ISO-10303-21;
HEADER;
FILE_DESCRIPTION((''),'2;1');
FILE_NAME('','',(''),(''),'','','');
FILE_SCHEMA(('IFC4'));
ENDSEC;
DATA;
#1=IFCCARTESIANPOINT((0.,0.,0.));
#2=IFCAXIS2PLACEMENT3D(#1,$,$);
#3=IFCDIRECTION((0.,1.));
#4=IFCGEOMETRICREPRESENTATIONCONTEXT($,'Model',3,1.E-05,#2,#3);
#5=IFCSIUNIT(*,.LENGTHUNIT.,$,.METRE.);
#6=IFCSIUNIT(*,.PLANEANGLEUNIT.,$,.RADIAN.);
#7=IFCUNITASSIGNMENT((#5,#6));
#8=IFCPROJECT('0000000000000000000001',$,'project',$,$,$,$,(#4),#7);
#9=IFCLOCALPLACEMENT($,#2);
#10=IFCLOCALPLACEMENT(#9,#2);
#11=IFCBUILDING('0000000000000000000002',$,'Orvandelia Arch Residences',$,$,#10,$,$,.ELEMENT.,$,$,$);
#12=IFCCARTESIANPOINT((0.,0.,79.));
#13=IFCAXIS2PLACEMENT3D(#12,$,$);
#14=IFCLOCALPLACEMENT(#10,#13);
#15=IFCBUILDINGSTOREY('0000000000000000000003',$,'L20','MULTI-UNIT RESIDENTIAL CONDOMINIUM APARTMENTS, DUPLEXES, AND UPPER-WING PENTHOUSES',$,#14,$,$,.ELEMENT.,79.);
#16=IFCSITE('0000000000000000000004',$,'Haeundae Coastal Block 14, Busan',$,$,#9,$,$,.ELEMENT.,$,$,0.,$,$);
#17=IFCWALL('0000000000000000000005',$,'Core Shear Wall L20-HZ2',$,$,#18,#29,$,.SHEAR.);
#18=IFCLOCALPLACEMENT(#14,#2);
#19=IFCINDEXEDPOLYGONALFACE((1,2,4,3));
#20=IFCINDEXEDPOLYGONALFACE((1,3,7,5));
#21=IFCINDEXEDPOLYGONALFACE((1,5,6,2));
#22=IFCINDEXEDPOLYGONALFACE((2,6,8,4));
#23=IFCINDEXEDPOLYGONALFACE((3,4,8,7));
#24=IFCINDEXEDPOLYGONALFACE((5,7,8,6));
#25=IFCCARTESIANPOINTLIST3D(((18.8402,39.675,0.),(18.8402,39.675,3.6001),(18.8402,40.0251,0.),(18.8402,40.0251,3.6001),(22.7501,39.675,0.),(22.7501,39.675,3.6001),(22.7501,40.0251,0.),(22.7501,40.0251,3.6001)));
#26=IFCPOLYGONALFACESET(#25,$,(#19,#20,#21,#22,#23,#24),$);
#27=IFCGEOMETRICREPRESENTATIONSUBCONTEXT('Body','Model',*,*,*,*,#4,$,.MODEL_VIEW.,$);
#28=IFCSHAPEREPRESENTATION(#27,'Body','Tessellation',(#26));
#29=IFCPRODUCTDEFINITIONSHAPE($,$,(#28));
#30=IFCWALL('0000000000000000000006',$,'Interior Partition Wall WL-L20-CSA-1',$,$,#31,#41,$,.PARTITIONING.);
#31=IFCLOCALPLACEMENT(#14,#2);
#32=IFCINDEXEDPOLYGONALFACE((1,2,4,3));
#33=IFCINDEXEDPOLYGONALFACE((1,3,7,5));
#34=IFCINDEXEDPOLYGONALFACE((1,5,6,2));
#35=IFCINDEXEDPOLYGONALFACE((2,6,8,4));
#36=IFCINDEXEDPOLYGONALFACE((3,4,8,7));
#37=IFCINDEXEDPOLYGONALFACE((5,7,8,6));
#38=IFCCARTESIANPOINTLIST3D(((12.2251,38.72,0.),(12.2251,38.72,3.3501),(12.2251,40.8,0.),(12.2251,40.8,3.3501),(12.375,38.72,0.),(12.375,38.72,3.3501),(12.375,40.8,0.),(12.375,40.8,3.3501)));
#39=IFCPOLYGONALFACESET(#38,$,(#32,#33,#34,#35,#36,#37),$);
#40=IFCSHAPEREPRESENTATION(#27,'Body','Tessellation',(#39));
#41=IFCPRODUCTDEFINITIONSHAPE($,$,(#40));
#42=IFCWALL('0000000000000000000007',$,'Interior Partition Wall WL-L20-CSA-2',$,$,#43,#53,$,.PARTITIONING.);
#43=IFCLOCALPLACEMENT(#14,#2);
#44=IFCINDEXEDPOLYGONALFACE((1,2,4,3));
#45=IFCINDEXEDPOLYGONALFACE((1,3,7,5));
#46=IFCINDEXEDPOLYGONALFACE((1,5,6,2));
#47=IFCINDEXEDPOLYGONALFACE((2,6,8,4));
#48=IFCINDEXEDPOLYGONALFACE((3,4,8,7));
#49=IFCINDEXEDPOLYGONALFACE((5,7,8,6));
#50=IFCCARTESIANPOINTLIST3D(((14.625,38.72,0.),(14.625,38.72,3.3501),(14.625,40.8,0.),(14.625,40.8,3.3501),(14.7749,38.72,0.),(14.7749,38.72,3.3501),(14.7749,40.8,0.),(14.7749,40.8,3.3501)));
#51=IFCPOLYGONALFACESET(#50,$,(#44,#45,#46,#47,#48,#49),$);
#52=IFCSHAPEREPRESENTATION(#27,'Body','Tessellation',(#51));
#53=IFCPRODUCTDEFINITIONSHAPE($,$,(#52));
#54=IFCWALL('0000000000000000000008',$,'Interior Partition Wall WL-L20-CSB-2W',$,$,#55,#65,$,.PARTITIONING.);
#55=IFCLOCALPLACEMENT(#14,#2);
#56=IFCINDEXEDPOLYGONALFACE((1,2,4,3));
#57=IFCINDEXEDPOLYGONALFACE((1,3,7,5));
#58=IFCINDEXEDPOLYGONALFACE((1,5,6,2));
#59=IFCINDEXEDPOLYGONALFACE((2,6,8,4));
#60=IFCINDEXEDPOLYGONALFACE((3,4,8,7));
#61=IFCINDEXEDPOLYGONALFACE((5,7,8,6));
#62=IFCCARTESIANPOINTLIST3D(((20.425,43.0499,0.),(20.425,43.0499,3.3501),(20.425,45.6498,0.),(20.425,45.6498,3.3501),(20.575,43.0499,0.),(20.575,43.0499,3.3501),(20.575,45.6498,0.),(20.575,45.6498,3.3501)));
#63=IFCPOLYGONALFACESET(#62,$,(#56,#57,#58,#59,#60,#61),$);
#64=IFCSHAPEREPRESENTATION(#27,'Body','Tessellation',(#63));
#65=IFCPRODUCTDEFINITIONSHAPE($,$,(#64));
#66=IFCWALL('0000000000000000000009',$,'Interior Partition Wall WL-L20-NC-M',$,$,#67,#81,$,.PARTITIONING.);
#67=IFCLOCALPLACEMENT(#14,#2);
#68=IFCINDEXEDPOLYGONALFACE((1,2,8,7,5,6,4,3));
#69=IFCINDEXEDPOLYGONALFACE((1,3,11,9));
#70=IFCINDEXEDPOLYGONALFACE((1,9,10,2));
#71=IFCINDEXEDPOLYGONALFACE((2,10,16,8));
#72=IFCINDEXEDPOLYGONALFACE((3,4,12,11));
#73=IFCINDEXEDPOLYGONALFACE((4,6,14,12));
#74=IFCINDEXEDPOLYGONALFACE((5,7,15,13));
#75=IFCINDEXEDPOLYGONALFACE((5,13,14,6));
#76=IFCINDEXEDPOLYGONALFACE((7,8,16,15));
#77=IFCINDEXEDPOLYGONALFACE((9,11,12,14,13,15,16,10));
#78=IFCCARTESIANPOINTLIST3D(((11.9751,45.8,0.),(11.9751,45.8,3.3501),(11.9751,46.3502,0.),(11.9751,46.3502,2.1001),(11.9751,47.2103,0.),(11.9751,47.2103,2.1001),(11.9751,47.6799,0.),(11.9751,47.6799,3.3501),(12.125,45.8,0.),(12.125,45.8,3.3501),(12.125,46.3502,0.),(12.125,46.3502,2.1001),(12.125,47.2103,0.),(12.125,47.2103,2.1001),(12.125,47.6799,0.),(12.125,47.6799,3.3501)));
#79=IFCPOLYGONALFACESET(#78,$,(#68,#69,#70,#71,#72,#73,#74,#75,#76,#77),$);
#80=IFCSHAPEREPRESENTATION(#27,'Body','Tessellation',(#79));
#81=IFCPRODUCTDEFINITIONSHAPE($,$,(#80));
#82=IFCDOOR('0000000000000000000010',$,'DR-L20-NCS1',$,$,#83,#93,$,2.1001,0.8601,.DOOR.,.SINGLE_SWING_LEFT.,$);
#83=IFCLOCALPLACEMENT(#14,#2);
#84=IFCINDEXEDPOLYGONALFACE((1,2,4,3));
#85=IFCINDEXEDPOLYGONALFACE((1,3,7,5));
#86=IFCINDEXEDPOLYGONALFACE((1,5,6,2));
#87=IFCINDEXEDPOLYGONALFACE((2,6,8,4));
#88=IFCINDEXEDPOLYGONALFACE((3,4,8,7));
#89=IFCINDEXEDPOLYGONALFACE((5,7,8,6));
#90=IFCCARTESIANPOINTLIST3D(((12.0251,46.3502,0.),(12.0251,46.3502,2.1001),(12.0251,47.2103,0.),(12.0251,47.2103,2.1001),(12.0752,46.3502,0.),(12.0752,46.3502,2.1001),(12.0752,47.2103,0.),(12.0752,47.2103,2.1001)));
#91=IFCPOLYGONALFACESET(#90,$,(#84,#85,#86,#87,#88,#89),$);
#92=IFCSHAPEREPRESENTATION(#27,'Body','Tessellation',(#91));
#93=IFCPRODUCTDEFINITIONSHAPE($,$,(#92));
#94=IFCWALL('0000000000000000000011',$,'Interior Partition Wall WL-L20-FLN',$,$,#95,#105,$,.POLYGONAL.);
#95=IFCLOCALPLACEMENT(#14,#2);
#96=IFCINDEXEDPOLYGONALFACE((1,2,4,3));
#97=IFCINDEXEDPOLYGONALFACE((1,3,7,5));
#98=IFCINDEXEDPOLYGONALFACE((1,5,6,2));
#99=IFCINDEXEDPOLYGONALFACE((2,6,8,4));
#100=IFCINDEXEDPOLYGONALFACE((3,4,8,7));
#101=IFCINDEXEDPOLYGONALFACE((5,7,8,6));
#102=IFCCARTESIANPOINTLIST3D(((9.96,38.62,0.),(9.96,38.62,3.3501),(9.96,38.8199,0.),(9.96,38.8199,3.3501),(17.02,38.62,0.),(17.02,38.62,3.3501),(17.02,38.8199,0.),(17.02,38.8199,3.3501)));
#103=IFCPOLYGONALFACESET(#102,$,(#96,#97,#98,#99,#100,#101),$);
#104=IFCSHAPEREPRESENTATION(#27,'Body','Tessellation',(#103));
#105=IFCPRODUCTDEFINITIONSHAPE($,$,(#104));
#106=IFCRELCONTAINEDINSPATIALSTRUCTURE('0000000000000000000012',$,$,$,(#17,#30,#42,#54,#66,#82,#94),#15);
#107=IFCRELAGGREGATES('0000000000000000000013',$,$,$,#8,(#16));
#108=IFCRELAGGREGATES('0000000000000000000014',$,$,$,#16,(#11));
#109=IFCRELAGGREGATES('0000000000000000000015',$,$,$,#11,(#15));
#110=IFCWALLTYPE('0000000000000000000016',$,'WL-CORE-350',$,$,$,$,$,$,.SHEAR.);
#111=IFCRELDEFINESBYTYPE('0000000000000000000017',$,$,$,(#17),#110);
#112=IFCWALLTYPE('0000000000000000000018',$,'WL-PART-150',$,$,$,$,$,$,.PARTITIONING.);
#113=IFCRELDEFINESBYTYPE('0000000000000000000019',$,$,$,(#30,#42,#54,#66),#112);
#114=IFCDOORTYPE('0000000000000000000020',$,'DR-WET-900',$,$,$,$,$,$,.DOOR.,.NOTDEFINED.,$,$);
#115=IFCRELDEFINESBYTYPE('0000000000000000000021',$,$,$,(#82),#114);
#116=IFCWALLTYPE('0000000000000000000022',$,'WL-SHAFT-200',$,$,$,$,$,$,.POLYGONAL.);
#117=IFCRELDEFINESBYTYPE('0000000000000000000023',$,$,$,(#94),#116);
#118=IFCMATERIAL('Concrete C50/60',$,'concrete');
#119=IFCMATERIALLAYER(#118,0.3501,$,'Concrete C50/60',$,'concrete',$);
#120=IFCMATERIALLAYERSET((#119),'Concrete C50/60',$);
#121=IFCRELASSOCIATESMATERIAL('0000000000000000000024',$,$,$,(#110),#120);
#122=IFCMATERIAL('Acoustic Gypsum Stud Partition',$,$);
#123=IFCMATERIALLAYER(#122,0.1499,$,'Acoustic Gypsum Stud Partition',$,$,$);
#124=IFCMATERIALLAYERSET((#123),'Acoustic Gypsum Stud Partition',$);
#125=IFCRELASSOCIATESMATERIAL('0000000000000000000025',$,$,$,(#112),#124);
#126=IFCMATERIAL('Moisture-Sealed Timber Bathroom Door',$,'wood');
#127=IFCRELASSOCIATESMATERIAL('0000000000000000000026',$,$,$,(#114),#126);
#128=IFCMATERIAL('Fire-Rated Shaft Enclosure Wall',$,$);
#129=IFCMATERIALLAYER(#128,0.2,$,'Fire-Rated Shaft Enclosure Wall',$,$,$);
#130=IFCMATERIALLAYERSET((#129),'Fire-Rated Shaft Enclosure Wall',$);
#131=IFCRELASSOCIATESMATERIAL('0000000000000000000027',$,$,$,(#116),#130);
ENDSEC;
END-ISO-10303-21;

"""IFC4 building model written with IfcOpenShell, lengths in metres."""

from ifc_helpers import new_model, si_unit, direction, frame, frame_2d, origin, place, context, subcontext, project, spatial, rectangle, extrude, material, layer, layer_set, type_object, element, fill, save


model = new_model("IFC4")

# Units and contexts
model_context = context("Model", 3, precision=1e-05, world=origin(), true_north=direction((0.0, 1.0)))
body_context = subcontext(model_context, "Body", "Model", "MODEL_VIEW")
ifc_project = project(units=[si_unit("LENGTHUNIT", "METRE"), si_unit("PLANEANGLEUNIT", "RADIAN")], contexts=[model_context])

# Site, building, storey
site_placement = place(None, origin())
site = spatial("IfcSite", under=ifc_project, at=site_placement, Name="Haeundae Coastal Block 14, Busan", CompositionType="ELEMENT", RefElevation=0.0)
building_placement = place(site_placement, origin())
building = spatial("IfcBuilding", under=site, at=building_placement, Name="Orvandelia Arch Residences", CompositionType="ELEMENT")
storey_placement = place(building_placement, frame((0.0, 0.0, 79.0)))
storey = spatial("IfcBuildingStorey", under=building, at=storey_placement, Name="L20", Description="MULTI-UNIT RESIDENTIAL CONDOMINIUM APARTMENTS, DUPLEXES, AND UPPER-WING PENTHOUSES", CompositionType="ELEMENT", Elevation=79.0)

# Walls
ifc_material_1 = material(Name="Concrete C50/60", Category="concrete")
ifc_layer_1 = layer(ifc_material_1, 0.3501, Name="Concrete C50/60", Category="concrete")
ifc_layer_set_1 = layer_set([ifc_layer_1], Name="Concrete C50/60")
wall_type_1 = type_object("IfcWallType", Name="WL-CORE-350", PredefinedType="SHEAR", material=ifc_layer_set_1)
wall_1_placement = place(storey_placement, frame((18.8401, 39.8501, 0.0), z_axis=(0.0, 0.0, 1.0), x_axis=(1.0, 0.0, 0.0)))
element("IfcWall", 1, at=wall_1_placement, inside=storey, type_object=wall_type_1, Name="Core Shear Wall L20-HZ2", PredefinedType="SHEAR", context=body_context, shape_type="SweptSolid", body=[
    extrude(rectangle(XDim=3.9099, YDim=0.3501, at=frame_2d((1.9551, 0.0))), origin(), (0.0, 0.0, 1.0), 3.6001),
])
ifc_material_2 = material(Name="Acoustic Gypsum Stud Partition")
ifc_layer_2 = layer(ifc_material_2, 0.1499, Name="Acoustic Gypsum Stud Partition")
ifc_layer_set_2 = layer_set([ifc_layer_2], Name="Acoustic Gypsum Stud Partition")
wall_type_2 = type_object("IfcWallType", Name="WL-PART-150", PredefinedType="PARTITIONING", material=ifc_layer_set_2)
for number, where, z_axis, x_axis, name in (
    (2, (12.3, 38.72, 0.0), (0.0, 0.0, 1.0), (0.0, 1.0, 0.0), "Interior Partition Wall WL-L20-CSA-1"),
    (3, (14.7, 38.72, 0.0), (0.0, 0.0, 1.0), (0.0, 1.0, 0.0), "Interior Partition Wall WL-L20-CSA-2"),
):
    element("IfcWall", number, at=place(storey_placement, frame(where, z_axis=z_axis, x_axis=x_axis)), inside=storey, type_object=wall_type_2, Name=name, PredefinedType="PARTITIONING", context=body_context, shape_type="SweptSolid", body=[
        extrude(rectangle(XDim=2.0801, YDim=0.1499, at=frame_2d((1.04, 0.0))), origin(), (0.0, 0.0, 1.0), 3.3501),
    ])
wall_2_placement = place(storey_placement, frame((20.5, 43.05, 0.0), z_axis=(0.0, 0.0, 1.0), x_axis=(0.0, 1.0, 0.0)))
element("IfcWall", 4, at=wall_2_placement, inside=storey, type_object=wall_type_2, Name="Interior Partition Wall WL-L20-CSB-2W", PredefinedType="PARTITIONING", context=body_context, shape_type="SweptSolid", body=[
    extrude(rectangle(XDim=2.5999, YDim=0.1499, at=frame_2d((1.2998, 0.0))), origin(), (0.0, 0.0, 1.0), 3.3501),
])

# Wall, opening, door
wall_3_placement = place(storey_placement, frame((12.05, 45.8, 0.0), z_axis=(0.0, 0.0, 1.0), x_axis=(0.0, 1.0, 0.0)))
wall_3 = element("IfcWall", 5, at=wall_3_placement, inside=storey, type_object=wall_type_2, Name="Interior Partition Wall WL-L20-NC-M", PredefinedType="PARTITIONING", context=body_context, shape_type="SweptSolid", body=[
    extrude(rectangle(XDim=1.8799, YDim=0.1499, at=frame_2d((0.9399, 0.0))), origin(), (0.0, 0.0, 1.0), 3.3501),
])
opening_1_placement = place(wall_3_placement, frame((0.55, 0.0, 0.0)))
opening_1 = element("IfcOpeningElement", 6, at=opening_1_placement, cuts=wall_3, PredefinedType="OPENING", context=body_context, shape_type="SweptSolid", body=[
    extrude(rectangle(XDim=0.8601, YDim=2.1001, at=frame_2d((0.4302, 1.05))), frame((0.0, 0.085, 0.0), z_axis=(0.0, -1.0, 0.0), x_axis=(1.0, 0.0, 0.0)), (0.0, 0.0, 1.0), 0.1699),
])
ifc_material_3 = material(Name="Moisture-Sealed Timber Bathroom Door", Category="wood")
door_type_1 = type_object("IfcDoorType", Name="DR-WET-900", OperationType="NOTDEFINED", PredefinedType="DOOR", material=ifc_material_3)
door_1_placement = place(opening_1_placement, origin())
door_1 = element("IfcDoor", 7, at=door_1_placement, inside=storey, type_object=door_type_1, Name="DR-L20-NCS1", OperationType="SINGLE_SWING_LEFT", OverallHeight=2.1001, OverallWidth=0.8601, PredefinedType="DOOR", context=body_context, shape_type="SweptSolid", body=[
    extrude(rectangle(XDim=0.8601, YDim=2.1001, at=frame_2d((0.4302, 1.05))), frame((0.0, 0.0249, 0.0), z_axis=(0.0, -1.0, 0.0), x_axis=(1.0, 0.0, 0.0)), (0.0, 0.0, 1.0), 0.05),
])
fill(opening_1, door_1)

# Wall
ifc_material_4 = material(Name="Fire-Rated Shaft Enclosure Wall")
ifc_layer_3 = layer(ifc_material_4, 0.2, Name="Fire-Rated Shaft Enclosure Wall")
ifc_layer_set_3 = layer_set([ifc_layer_3], Name="Fire-Rated Shaft Enclosure Wall")
wall_type_3 = type_object("IfcWallType", Name="WL-SHAFT-200", PredefinedType="POLYGONAL", material=ifc_layer_set_3)
wall_4_placement = place(storey_placement, frame((9.96, 38.72, 0.0), z_axis=(0.0, 0.0, 1.0), x_axis=(1.0, 0.0, 0.0)))
element("IfcWall", 8, at=wall_4_placement, inside=storey, type_object=wall_type_3, Name="Interior Partition Wall WL-L20-FLN", PredefinedType="POLYGONAL", context=body_context, shape_type="SweptSolid", body=[
    extrude(rectangle(XDim=7.0601, YDim=0.2, at=frame_2d((3.53, 0.0))), origin(), (0.0, 0.0, 1.0), 3.3501),
])

save(model, "model.ifc")
